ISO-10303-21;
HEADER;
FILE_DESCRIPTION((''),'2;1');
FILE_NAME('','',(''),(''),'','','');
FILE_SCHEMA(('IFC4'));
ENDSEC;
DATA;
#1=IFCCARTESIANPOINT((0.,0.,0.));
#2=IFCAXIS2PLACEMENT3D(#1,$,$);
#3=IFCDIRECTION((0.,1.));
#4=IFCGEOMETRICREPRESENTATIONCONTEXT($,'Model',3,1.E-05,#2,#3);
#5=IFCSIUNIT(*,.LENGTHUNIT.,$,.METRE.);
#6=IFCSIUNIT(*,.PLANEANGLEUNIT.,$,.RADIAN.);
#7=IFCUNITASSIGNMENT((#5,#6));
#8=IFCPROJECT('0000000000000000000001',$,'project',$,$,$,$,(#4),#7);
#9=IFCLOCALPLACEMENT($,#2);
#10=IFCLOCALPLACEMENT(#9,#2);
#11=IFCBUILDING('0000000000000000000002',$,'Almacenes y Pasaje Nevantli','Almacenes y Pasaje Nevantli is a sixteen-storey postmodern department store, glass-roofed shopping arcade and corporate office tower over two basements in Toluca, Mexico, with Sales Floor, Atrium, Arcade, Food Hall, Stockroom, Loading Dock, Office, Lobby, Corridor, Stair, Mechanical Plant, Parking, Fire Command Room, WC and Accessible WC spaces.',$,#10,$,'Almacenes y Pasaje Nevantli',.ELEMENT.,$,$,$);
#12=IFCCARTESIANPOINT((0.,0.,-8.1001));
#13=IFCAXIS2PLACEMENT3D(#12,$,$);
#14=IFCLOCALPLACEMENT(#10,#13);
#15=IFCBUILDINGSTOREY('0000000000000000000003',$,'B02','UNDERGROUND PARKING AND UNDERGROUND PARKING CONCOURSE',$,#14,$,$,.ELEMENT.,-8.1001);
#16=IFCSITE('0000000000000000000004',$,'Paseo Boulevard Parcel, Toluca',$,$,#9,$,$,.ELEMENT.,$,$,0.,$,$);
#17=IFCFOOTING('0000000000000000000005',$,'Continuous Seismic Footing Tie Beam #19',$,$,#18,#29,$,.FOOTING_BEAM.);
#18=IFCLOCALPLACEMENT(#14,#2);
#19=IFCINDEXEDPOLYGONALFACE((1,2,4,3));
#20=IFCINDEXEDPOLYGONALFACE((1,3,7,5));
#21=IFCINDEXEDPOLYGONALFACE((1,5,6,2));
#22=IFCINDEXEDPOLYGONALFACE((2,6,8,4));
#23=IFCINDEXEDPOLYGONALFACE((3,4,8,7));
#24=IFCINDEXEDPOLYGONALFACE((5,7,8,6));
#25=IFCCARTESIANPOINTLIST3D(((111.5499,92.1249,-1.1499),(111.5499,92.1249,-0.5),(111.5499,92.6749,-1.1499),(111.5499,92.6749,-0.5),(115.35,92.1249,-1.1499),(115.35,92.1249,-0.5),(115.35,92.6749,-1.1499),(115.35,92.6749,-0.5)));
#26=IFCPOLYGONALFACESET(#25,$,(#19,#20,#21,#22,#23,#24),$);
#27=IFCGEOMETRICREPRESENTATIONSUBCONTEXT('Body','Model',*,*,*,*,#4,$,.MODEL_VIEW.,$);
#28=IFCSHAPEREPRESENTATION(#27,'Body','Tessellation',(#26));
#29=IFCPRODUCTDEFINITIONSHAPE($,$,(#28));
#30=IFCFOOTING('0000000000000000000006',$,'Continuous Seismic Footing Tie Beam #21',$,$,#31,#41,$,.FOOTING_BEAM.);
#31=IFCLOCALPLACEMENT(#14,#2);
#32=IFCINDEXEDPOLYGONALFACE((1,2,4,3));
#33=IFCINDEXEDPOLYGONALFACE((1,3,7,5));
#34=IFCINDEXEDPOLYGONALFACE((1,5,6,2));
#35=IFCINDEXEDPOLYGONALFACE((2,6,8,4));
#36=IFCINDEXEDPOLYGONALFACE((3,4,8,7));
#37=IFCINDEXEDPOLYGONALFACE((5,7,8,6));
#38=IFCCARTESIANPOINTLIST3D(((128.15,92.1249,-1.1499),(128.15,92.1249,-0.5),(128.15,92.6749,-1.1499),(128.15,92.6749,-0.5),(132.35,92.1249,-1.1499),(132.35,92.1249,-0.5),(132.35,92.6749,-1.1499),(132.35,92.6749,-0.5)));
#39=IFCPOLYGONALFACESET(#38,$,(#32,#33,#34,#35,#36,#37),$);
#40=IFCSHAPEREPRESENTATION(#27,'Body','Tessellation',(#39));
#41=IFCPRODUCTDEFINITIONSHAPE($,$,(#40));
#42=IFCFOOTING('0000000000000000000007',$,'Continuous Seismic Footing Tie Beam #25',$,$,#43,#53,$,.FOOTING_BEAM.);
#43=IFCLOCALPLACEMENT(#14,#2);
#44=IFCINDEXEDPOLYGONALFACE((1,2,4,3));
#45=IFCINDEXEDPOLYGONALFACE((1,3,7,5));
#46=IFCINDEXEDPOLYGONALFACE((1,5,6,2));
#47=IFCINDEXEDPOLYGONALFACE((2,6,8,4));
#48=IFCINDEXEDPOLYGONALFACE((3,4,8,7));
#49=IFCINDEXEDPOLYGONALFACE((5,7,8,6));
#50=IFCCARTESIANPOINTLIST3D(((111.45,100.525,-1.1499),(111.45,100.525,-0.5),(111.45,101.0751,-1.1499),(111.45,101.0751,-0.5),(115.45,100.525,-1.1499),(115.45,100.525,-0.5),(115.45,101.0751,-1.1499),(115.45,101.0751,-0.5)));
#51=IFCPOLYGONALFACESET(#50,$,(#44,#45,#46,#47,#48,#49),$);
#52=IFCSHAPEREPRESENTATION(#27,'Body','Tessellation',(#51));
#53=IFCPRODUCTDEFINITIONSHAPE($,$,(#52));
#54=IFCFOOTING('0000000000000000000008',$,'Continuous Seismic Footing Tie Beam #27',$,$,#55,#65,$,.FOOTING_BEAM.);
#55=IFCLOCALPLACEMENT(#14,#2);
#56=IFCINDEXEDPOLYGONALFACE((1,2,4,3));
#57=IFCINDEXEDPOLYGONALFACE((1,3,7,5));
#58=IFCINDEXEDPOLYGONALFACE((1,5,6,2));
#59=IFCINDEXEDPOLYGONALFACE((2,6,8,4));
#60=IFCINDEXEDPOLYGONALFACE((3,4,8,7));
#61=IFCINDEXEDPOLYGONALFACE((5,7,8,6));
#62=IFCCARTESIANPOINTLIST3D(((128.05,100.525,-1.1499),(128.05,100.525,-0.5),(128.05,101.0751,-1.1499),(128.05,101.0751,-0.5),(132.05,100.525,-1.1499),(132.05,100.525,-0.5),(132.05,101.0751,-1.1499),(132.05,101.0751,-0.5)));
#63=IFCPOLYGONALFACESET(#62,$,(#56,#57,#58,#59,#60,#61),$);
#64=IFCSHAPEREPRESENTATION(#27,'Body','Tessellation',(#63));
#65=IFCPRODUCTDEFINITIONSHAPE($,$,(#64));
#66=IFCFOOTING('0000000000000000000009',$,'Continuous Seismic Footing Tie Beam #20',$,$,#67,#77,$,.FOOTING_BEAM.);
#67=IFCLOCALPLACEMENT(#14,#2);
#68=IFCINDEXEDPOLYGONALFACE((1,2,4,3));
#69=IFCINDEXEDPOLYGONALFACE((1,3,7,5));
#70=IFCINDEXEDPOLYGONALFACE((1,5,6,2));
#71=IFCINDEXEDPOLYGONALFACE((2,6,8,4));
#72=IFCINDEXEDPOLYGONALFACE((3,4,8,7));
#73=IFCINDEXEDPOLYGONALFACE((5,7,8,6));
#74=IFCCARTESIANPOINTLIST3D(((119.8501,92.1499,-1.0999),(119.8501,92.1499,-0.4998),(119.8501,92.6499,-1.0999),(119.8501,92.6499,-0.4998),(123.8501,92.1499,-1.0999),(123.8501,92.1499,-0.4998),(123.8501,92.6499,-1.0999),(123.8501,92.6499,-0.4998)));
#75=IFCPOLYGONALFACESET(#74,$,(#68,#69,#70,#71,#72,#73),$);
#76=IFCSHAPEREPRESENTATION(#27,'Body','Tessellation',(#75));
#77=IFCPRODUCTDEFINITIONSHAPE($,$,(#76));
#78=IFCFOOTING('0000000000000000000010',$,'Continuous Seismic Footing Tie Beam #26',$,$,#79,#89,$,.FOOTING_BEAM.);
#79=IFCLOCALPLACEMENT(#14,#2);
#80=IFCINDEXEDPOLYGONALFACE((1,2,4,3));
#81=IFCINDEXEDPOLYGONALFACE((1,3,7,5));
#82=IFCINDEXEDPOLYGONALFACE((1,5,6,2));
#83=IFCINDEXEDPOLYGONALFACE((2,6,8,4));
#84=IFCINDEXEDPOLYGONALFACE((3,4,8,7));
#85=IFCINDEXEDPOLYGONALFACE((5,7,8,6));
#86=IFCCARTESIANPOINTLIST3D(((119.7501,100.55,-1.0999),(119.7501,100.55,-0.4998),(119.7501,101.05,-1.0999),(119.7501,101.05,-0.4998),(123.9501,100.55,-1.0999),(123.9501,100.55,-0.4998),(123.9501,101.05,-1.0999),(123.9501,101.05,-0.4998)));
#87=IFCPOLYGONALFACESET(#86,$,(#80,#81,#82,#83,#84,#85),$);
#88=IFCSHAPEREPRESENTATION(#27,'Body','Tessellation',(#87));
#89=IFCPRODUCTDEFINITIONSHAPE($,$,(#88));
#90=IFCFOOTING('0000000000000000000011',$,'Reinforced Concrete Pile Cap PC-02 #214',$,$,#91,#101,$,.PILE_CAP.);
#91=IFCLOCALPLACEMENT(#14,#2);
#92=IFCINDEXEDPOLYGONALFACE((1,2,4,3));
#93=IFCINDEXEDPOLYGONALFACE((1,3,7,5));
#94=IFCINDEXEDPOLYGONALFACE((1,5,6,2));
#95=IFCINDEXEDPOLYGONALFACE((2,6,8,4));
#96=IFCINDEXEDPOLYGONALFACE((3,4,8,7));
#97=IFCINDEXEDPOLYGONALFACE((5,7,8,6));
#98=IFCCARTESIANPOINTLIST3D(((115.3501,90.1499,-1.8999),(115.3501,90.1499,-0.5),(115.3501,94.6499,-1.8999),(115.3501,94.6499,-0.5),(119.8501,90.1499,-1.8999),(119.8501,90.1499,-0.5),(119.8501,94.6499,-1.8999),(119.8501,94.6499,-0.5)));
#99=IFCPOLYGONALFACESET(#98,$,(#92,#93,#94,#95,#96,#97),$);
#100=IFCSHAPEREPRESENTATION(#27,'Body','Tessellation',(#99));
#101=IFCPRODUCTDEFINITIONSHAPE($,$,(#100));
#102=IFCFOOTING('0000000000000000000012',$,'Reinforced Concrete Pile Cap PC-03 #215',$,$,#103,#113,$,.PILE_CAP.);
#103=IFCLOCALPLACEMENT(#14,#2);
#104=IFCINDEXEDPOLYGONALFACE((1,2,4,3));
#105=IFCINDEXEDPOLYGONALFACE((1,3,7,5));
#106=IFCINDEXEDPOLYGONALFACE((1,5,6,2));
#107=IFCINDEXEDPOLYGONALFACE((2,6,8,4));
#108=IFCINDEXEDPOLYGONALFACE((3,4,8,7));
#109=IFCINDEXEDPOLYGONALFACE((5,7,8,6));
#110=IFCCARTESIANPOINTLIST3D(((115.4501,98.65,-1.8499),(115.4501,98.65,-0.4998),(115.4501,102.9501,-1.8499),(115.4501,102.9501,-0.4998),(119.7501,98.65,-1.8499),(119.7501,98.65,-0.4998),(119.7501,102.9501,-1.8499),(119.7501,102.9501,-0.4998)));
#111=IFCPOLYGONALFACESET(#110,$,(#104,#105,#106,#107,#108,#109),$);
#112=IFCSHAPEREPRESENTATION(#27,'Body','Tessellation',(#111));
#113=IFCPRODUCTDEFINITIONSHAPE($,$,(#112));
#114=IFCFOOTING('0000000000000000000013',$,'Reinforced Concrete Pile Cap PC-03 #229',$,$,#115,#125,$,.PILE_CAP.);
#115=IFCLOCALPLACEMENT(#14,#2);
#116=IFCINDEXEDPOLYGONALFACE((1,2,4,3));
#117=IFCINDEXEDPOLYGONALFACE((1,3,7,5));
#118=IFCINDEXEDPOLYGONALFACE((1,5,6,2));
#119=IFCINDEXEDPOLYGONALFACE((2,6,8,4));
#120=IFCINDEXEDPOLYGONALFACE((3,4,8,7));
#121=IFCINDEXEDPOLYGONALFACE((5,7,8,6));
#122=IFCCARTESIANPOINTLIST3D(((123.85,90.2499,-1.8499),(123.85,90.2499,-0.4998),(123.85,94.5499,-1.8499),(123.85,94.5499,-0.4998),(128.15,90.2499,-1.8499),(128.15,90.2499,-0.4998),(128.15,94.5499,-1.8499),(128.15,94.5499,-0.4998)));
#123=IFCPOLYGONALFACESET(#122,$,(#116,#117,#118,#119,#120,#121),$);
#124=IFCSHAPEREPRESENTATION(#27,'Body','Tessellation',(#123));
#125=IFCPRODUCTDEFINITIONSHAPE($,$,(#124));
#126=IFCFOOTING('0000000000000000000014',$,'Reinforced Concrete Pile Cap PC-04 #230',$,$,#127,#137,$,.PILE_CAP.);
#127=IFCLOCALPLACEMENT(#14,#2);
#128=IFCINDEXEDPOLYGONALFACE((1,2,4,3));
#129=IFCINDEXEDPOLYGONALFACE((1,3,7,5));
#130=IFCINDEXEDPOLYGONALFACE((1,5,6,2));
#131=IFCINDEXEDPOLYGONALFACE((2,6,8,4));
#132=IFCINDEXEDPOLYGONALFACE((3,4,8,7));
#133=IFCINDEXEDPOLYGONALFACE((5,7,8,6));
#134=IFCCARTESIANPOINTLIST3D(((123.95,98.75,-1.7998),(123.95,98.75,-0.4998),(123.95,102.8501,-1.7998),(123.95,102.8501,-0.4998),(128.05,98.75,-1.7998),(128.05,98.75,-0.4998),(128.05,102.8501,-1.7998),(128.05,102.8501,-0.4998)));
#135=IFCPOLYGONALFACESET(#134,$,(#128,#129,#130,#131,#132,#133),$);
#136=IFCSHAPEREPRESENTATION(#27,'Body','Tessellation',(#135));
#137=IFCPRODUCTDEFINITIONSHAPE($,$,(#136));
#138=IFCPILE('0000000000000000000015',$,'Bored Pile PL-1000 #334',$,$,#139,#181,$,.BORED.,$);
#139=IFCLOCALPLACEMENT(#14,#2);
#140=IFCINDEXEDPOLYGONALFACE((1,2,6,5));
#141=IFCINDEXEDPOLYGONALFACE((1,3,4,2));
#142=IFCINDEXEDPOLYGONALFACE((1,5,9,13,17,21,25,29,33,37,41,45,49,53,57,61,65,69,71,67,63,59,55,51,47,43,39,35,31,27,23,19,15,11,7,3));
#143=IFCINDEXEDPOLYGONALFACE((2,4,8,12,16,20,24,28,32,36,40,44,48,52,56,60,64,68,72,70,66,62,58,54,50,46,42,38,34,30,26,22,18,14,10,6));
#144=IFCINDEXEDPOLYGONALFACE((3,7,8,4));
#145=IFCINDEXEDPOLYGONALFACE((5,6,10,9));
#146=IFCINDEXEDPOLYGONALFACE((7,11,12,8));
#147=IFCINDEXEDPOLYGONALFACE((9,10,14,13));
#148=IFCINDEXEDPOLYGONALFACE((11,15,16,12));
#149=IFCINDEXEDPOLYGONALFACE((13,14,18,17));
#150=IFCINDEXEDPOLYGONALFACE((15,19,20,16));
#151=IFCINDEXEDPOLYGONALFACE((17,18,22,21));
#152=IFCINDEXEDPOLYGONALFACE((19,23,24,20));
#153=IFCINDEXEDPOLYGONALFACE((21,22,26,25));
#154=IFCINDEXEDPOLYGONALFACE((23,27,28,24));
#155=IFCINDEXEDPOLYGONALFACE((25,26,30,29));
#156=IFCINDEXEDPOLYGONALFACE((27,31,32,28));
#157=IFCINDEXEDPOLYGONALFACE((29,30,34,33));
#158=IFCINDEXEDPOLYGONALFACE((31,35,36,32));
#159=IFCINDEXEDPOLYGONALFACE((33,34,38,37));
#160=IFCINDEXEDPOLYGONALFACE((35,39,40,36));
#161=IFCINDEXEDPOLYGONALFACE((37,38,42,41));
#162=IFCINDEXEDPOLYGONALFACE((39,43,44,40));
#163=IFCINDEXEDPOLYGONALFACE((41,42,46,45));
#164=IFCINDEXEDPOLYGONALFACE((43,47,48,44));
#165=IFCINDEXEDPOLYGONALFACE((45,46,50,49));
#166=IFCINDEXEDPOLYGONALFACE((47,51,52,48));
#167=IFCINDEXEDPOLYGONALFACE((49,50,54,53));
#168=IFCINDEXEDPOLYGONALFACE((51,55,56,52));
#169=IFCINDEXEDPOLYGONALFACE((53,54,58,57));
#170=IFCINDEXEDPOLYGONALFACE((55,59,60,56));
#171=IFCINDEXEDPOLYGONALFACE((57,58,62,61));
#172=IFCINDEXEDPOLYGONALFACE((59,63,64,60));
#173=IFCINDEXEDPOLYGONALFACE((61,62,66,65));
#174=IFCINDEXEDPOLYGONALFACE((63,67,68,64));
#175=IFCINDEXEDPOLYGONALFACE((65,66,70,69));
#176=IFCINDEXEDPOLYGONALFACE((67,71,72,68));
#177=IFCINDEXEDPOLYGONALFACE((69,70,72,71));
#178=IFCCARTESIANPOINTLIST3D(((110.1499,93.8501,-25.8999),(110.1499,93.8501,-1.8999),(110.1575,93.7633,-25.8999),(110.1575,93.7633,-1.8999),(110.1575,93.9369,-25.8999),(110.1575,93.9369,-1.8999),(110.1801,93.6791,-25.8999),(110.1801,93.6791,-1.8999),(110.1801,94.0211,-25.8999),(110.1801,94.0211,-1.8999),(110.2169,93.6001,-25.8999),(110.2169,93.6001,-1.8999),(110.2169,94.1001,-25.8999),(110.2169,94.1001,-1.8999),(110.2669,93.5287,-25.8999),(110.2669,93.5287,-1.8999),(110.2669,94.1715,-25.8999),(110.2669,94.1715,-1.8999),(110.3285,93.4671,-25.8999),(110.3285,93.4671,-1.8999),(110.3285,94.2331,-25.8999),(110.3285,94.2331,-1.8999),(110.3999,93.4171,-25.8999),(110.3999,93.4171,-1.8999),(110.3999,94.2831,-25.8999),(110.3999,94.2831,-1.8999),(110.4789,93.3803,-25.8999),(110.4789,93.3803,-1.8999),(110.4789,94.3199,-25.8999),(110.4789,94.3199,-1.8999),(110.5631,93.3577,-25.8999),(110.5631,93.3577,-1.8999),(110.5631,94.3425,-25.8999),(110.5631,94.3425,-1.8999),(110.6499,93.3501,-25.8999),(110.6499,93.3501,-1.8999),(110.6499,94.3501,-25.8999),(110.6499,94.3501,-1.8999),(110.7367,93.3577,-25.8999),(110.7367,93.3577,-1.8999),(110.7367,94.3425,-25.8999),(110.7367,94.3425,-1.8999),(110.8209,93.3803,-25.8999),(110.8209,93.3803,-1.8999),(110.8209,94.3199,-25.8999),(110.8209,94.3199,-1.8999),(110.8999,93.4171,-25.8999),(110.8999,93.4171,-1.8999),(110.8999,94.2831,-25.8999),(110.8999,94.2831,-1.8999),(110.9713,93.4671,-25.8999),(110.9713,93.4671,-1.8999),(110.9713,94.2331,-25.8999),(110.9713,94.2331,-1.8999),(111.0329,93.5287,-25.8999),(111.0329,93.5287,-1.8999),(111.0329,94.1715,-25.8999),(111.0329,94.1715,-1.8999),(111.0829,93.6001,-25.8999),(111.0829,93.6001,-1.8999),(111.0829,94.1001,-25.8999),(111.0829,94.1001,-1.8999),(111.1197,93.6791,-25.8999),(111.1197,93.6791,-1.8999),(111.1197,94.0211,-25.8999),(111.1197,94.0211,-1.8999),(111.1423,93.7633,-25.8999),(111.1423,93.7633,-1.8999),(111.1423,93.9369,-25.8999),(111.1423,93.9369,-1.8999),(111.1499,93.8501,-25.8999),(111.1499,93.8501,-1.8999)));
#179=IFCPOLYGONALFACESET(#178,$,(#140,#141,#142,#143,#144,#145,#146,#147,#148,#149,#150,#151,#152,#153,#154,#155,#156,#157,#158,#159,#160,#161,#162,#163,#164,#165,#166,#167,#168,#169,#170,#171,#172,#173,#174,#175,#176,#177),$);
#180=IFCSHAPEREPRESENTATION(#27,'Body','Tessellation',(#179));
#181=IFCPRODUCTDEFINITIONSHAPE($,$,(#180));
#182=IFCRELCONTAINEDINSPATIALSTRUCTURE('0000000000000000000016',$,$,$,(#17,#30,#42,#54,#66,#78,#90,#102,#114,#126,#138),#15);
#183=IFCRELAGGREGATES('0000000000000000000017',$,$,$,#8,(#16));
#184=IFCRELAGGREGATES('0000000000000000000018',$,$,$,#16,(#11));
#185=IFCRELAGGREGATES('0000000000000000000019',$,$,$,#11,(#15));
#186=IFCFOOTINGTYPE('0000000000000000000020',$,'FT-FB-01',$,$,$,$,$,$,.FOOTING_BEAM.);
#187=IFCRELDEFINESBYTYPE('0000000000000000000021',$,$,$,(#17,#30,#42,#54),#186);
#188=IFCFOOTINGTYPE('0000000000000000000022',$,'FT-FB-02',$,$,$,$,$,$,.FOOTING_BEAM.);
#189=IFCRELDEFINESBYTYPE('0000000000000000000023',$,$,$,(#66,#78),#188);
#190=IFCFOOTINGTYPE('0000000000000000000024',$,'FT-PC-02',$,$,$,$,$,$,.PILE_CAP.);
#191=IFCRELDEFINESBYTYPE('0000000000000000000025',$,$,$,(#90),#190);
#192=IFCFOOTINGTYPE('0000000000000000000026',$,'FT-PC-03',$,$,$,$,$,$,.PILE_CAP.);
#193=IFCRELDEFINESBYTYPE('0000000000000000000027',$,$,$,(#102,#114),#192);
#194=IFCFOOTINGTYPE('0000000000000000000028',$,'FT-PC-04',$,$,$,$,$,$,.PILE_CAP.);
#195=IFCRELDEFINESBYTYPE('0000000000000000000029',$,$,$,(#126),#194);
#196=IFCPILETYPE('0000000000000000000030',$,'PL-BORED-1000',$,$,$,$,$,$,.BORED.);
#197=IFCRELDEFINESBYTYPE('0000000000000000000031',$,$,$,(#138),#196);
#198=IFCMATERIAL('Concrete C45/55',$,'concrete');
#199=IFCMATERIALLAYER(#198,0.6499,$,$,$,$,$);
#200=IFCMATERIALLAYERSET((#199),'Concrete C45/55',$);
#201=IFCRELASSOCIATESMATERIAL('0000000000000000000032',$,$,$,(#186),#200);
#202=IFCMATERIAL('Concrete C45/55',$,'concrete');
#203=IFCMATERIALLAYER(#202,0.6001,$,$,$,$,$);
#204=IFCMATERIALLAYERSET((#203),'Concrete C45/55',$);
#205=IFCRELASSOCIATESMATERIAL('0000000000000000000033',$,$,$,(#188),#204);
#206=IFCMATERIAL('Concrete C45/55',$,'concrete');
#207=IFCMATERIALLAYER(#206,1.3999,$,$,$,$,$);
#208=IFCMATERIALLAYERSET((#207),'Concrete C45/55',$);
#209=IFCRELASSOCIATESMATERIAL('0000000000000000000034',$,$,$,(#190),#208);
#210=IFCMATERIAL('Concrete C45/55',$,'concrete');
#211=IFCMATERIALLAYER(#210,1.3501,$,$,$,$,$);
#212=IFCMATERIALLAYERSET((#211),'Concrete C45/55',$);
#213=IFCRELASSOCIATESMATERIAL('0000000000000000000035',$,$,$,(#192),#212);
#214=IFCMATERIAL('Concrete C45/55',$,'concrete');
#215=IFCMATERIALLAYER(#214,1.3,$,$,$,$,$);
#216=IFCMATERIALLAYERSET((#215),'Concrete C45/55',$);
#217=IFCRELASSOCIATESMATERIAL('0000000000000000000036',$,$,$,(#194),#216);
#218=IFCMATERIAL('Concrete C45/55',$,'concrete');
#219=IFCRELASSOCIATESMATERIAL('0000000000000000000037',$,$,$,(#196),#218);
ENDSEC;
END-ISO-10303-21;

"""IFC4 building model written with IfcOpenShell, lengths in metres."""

from ifc_helpers import new_model, si_unit, direction, frame, origin, origin_2d, place, context, subcontext, project, spatial, rectangle, circle, extrude, material, layer, layer_set, material_profile, profile_set, type_object, element, save


model = new_model("IFC4")

# Units and contexts
model_context = context("Model", 3, precision=1e-05, world=origin(), true_north=direction((0.0, 1.0)))
body_context = subcontext(model_context, "Body", "Model", "MODEL_VIEW")
ifc_project = project(units=[si_unit("LENGTHUNIT", "METRE"), si_unit("PLANEANGLEUNIT", "RADIAN")], contexts=[model_context])

# Site, building, storey
site_placement = place(None, origin())
site = spatial("IfcSite", under=ifc_project, at=site_placement, Name="Paseo Boulevard Parcel, Toluca", CompositionType="ELEMENT", RefElevation=0.0)
building_placement = place(site_placement, origin())
building = spatial("IfcBuilding", under=site, at=building_placement, Name="Almacenes y Pasaje Nevantli", Description="Almacenes y Pasaje Nevantli is a sixteen-storey postmodern department store, glass-roofed shopping arcade and corporate office tower over two basements in Toluca, Mexico, with Sales Floor, Atrium, Arcade, Food Hall, Stockroom, Loading Dock, Office, Lobby, Corridor, Stair, Mechanical Plant, Parking, Fire Command Room, WC and Accessible WC spaces.", LongName="Almacenes y Pasaje Nevantli", CompositionType="ELEMENT")
storey_placement = place(building_placement, frame((0.0, 0.0, -8.1001)))
storey = spatial("IfcBuildingStorey", under=building, at=storey_placement, Name="B02", Description="UNDERGROUND PARKING AND UNDERGROUND PARKING CONCOURSE", CompositionType="ELEMENT", Elevation=-8.1001)

# Footings
ifc_material_1 = material(Name="Concrete C45/55", Category="concrete")
ifc_layer_1 = layer(ifc_material_1, 0.6499)
ifc_layer_set_1 = layer_set([ifc_layer_1], Name="Concrete C45/55")
footing_type_1 = type_object("IfcFootingType", Name="FT-FB-01", PredefinedType="FOOTING_BEAM", material=ifc_layer_set_1)
footing_1_placement = place(storey_placement, frame((113.45, 92.3999, -1.1499), z_axis=(0.0, 0.0, 1.0), x_axis=(1.0, 0.0, 0.0)))
element("IfcFooting", 1, at=footing_1_placement, inside=storey, type_object=footing_type_1, Name="Continuous Seismic Footing Tie Beam #19", PredefinedType="FOOTING_BEAM", context=body_context, shape_type="SweptSolid", body=[
    extrude(rectangle(XDim=3.8, YDim=0.55, at=origin_2d()), origin(), (0.0, 0.0, 1.0), 0.6499),
])
footing_2_placement = place(storey_placement, frame((130.25, 92.3999, -1.1499), z_axis=(0.0, 0.0, 1.0), x_axis=(1.0, 0.0, 0.0)))
element("IfcFooting", 2, at=footing_2_placement, inside=storey, type_object=footing_type_1, Name="Continuous Seismic Footing Tie Beam #21", PredefinedType="FOOTING_BEAM", context=body_context, shape_type="SweptSolid", body=[
    extrude(rectangle(XDim=4.2, YDim=0.55, at=origin_2d()), origin(), (0.0, 0.0, 1.0), 0.6499),
])
for number, where, z_axis, x_axis, name in (
    (3, (113.45, 100.8, -1.1499), (0.0, 0.0, 1.0), (1.0, 0.0, 0.0), "Continuous Seismic Footing Tie Beam #25"),
    (4, (130.05, 100.8, -1.1499), (0.0, 0.0, 1.0), (1.0, 0.0, 0.0), "Continuous Seismic Footing Tie Beam #27"),
):
    element("IfcFooting", number, at=place(storey_placement, frame(where, z_axis=z_axis, x_axis=x_axis)), inside=storey, type_object=footing_type_1, Name=name, PredefinedType="FOOTING_BEAM", context=body_context, shape_type="SweptSolid", body=[
        extrude(rectangle(XDim=4.0, YDim=0.55, at=origin_2d()), origin(), (0.0, 0.0, 1.0), 0.6499),
    ])
ifc_material_2 = material(Name="Concrete C45/55", Category="concrete")
ifc_layer_2 = layer(ifc_material_2, 0.6001)
ifc_layer_set_2 = layer_set([ifc_layer_2], Name="Concrete C45/55")
footing_type_2 = type_object("IfcFootingType", Name="FT-FB-02", PredefinedType="FOOTING_BEAM", material=ifc_layer_set_2)
footing_3_placement = place(storey_placement, frame((121.8501, 92.3999, -1.0999), z_axis=(0.0, 0.0, 1.0), x_axis=(1.0, 0.0, 0.0)))
element("IfcFooting", 5, at=footing_3_placement, inside=storey, type_object=footing_type_2, Name="Continuous Seismic Footing Tie Beam #20", PredefinedType="FOOTING_BEAM", context=body_context, shape_type="SweptSolid", body=[
    extrude(rectangle(XDim=4.0, YDim=0.5, at=origin_2d()), origin(), (0.0, 0.0, 1.0), 0.6001),
])
footing_4_placement = place(storey_placement, frame((121.8501, 100.8, -1.0999), z_axis=(0.0, 0.0, 1.0), x_axis=(1.0, 0.0, 0.0)))
element("IfcFooting", 6, at=footing_4_placement, inside=storey, type_object=footing_type_2, Name="Continuous Seismic Footing Tie Beam #26", PredefinedType="FOOTING_BEAM", context=body_context, shape_type="SweptSolid", body=[
    extrude(rectangle(XDim=4.2, YDim=0.5, at=origin_2d()), origin(), (0.0, 0.0, 1.0), 0.6001),
])
ifc_material_3 = material(Name="Concrete C45/55", Category="concrete")
ifc_layer_3 = layer(ifc_material_3, 1.3999)
ifc_layer_set_3 = layer_set([ifc_layer_3], Name="Concrete C45/55")
footing_type_3 = type_object("IfcFootingType", Name="FT-PC-02", PredefinedType="PILE_CAP", material=ifc_layer_set_3)
footing_5_placement = place(storey_placement, frame((117.6001, 92.3999, -1.8999), z_axis=(0.0, 0.0, 1.0), x_axis=(1.0, 0.0, 0.0)))
element("IfcFooting", 7, at=footing_5_placement, inside=storey, type_object=footing_type_3, Name="Reinforced Concrete Pile Cap PC-02 #214", PredefinedType="PILE_CAP", context=body_context, shape_type="SweptSolid", body=[
    extrude(rectangle(XDim=4.5, YDim=4.5, at=origin_2d()), origin(), (0.0, 0.0, 1.0), 1.3999),
])
ifc_material_4 = material(Name="Concrete C45/55", Category="concrete")
ifc_layer_4 = layer(ifc_material_4, 1.3501)
ifc_layer_set_4 = layer_set([ifc_layer_4], Name="Concrete C45/55")
footing_type_4 = type_object("IfcFootingType", Name="FT-PC-03", PredefinedType="PILE_CAP", material=ifc_layer_set_4)
for number, where, z_axis, x_axis, name in (
    (8, (117.6001, 100.8, -1.8499), (0.0, 0.0, 1.0), (1.0, 0.0, 0.0), "Reinforced Concrete Pile Cap PC-03 #215"),
    (9, (126.0, 92.3999, -1.8499), (0.0, 0.0, 1.0), (1.0, 0.0, 0.0), "Reinforced Concrete Pile Cap PC-03 #229"),
):
    element("IfcFooting", number, at=place(storey_placement, frame(where, z_axis=z_axis, x_axis=x_axis)), inside=storey, type_object=footing_type_4, Name=name, PredefinedType="PILE_CAP", context=body_context, shape_type="SweptSolid", body=[
        extrude(rectangle(XDim=4.3, YDim=4.3, at=origin_2d()), origin(), (0.0, 0.0, 1.0), 1.3501),
    ])
ifc_material_5 = material(Name="Concrete C45/55", Category="concrete")
ifc_layer_5 = layer(ifc_material_5, 1.3)
ifc_layer_set_5 = layer_set([ifc_layer_5], Name="Concrete C45/55")
footing_type_5 = type_object("IfcFootingType", Name="FT-PC-04", PredefinedType="PILE_CAP", material=ifc_layer_set_5)
footing_6_placement = place(storey_placement, frame((126.0, 100.8, -1.7998), z_axis=(0.0, 0.0, 1.0), x_axis=(1.0, 0.0, 0.0)))
element("IfcFooting", 10, at=footing_6_placement, inside=storey, type_object=footing_type_5, Name="Reinforced Concrete Pile Cap PC-04 #230", PredefinedType="PILE_CAP", context=body_context, shape_type="SweptSolid", body=[
    extrude(rectangle(XDim=4.1001, YDim=4.1001, at=origin_2d()), origin(), (0.0, 0.0, 1.0), 1.3),
])

# Pile
ifc_material_6 = material(Name="Concrete C45/55", Category="concrete")
ifc_material_profile_1 = material_profile(ifc_material_6, circle(Radius=0.5, at=origin_2d()), Name="RC-PILE-D1000")
ifc_profile_set_1 = profile_set([ifc_material_profile_1], Name="Concrete C45/55")
pile_type = type_object("IfcPileType", Name="PL-BORED-1000", PredefinedType="BORED", material=ifc_profile_set_1)
for number, where, z_axis, x_axis, name in (
    (11, (110.6499, 93.8501, -1.8999), (0.0, 0.0, -1.0), (1.0, 0.0, 0.0), "Bored Pile PL-1000 #334"),
):
    element("IfcPile", number, at=place(storey_placement, frame(where, z_axis=z_axis, x_axis=x_axis)), inside=storey, type_object=pile_type, Name=name, PredefinedType="BORED", context=body_context, shape_type="SweptSolid", body=[
        extrude(circle(Radius=0.5, at=origin_2d()), origin(), (0.0, 0.0, 1.0), 24.0),
    ])

save(model, "model.ifc")
